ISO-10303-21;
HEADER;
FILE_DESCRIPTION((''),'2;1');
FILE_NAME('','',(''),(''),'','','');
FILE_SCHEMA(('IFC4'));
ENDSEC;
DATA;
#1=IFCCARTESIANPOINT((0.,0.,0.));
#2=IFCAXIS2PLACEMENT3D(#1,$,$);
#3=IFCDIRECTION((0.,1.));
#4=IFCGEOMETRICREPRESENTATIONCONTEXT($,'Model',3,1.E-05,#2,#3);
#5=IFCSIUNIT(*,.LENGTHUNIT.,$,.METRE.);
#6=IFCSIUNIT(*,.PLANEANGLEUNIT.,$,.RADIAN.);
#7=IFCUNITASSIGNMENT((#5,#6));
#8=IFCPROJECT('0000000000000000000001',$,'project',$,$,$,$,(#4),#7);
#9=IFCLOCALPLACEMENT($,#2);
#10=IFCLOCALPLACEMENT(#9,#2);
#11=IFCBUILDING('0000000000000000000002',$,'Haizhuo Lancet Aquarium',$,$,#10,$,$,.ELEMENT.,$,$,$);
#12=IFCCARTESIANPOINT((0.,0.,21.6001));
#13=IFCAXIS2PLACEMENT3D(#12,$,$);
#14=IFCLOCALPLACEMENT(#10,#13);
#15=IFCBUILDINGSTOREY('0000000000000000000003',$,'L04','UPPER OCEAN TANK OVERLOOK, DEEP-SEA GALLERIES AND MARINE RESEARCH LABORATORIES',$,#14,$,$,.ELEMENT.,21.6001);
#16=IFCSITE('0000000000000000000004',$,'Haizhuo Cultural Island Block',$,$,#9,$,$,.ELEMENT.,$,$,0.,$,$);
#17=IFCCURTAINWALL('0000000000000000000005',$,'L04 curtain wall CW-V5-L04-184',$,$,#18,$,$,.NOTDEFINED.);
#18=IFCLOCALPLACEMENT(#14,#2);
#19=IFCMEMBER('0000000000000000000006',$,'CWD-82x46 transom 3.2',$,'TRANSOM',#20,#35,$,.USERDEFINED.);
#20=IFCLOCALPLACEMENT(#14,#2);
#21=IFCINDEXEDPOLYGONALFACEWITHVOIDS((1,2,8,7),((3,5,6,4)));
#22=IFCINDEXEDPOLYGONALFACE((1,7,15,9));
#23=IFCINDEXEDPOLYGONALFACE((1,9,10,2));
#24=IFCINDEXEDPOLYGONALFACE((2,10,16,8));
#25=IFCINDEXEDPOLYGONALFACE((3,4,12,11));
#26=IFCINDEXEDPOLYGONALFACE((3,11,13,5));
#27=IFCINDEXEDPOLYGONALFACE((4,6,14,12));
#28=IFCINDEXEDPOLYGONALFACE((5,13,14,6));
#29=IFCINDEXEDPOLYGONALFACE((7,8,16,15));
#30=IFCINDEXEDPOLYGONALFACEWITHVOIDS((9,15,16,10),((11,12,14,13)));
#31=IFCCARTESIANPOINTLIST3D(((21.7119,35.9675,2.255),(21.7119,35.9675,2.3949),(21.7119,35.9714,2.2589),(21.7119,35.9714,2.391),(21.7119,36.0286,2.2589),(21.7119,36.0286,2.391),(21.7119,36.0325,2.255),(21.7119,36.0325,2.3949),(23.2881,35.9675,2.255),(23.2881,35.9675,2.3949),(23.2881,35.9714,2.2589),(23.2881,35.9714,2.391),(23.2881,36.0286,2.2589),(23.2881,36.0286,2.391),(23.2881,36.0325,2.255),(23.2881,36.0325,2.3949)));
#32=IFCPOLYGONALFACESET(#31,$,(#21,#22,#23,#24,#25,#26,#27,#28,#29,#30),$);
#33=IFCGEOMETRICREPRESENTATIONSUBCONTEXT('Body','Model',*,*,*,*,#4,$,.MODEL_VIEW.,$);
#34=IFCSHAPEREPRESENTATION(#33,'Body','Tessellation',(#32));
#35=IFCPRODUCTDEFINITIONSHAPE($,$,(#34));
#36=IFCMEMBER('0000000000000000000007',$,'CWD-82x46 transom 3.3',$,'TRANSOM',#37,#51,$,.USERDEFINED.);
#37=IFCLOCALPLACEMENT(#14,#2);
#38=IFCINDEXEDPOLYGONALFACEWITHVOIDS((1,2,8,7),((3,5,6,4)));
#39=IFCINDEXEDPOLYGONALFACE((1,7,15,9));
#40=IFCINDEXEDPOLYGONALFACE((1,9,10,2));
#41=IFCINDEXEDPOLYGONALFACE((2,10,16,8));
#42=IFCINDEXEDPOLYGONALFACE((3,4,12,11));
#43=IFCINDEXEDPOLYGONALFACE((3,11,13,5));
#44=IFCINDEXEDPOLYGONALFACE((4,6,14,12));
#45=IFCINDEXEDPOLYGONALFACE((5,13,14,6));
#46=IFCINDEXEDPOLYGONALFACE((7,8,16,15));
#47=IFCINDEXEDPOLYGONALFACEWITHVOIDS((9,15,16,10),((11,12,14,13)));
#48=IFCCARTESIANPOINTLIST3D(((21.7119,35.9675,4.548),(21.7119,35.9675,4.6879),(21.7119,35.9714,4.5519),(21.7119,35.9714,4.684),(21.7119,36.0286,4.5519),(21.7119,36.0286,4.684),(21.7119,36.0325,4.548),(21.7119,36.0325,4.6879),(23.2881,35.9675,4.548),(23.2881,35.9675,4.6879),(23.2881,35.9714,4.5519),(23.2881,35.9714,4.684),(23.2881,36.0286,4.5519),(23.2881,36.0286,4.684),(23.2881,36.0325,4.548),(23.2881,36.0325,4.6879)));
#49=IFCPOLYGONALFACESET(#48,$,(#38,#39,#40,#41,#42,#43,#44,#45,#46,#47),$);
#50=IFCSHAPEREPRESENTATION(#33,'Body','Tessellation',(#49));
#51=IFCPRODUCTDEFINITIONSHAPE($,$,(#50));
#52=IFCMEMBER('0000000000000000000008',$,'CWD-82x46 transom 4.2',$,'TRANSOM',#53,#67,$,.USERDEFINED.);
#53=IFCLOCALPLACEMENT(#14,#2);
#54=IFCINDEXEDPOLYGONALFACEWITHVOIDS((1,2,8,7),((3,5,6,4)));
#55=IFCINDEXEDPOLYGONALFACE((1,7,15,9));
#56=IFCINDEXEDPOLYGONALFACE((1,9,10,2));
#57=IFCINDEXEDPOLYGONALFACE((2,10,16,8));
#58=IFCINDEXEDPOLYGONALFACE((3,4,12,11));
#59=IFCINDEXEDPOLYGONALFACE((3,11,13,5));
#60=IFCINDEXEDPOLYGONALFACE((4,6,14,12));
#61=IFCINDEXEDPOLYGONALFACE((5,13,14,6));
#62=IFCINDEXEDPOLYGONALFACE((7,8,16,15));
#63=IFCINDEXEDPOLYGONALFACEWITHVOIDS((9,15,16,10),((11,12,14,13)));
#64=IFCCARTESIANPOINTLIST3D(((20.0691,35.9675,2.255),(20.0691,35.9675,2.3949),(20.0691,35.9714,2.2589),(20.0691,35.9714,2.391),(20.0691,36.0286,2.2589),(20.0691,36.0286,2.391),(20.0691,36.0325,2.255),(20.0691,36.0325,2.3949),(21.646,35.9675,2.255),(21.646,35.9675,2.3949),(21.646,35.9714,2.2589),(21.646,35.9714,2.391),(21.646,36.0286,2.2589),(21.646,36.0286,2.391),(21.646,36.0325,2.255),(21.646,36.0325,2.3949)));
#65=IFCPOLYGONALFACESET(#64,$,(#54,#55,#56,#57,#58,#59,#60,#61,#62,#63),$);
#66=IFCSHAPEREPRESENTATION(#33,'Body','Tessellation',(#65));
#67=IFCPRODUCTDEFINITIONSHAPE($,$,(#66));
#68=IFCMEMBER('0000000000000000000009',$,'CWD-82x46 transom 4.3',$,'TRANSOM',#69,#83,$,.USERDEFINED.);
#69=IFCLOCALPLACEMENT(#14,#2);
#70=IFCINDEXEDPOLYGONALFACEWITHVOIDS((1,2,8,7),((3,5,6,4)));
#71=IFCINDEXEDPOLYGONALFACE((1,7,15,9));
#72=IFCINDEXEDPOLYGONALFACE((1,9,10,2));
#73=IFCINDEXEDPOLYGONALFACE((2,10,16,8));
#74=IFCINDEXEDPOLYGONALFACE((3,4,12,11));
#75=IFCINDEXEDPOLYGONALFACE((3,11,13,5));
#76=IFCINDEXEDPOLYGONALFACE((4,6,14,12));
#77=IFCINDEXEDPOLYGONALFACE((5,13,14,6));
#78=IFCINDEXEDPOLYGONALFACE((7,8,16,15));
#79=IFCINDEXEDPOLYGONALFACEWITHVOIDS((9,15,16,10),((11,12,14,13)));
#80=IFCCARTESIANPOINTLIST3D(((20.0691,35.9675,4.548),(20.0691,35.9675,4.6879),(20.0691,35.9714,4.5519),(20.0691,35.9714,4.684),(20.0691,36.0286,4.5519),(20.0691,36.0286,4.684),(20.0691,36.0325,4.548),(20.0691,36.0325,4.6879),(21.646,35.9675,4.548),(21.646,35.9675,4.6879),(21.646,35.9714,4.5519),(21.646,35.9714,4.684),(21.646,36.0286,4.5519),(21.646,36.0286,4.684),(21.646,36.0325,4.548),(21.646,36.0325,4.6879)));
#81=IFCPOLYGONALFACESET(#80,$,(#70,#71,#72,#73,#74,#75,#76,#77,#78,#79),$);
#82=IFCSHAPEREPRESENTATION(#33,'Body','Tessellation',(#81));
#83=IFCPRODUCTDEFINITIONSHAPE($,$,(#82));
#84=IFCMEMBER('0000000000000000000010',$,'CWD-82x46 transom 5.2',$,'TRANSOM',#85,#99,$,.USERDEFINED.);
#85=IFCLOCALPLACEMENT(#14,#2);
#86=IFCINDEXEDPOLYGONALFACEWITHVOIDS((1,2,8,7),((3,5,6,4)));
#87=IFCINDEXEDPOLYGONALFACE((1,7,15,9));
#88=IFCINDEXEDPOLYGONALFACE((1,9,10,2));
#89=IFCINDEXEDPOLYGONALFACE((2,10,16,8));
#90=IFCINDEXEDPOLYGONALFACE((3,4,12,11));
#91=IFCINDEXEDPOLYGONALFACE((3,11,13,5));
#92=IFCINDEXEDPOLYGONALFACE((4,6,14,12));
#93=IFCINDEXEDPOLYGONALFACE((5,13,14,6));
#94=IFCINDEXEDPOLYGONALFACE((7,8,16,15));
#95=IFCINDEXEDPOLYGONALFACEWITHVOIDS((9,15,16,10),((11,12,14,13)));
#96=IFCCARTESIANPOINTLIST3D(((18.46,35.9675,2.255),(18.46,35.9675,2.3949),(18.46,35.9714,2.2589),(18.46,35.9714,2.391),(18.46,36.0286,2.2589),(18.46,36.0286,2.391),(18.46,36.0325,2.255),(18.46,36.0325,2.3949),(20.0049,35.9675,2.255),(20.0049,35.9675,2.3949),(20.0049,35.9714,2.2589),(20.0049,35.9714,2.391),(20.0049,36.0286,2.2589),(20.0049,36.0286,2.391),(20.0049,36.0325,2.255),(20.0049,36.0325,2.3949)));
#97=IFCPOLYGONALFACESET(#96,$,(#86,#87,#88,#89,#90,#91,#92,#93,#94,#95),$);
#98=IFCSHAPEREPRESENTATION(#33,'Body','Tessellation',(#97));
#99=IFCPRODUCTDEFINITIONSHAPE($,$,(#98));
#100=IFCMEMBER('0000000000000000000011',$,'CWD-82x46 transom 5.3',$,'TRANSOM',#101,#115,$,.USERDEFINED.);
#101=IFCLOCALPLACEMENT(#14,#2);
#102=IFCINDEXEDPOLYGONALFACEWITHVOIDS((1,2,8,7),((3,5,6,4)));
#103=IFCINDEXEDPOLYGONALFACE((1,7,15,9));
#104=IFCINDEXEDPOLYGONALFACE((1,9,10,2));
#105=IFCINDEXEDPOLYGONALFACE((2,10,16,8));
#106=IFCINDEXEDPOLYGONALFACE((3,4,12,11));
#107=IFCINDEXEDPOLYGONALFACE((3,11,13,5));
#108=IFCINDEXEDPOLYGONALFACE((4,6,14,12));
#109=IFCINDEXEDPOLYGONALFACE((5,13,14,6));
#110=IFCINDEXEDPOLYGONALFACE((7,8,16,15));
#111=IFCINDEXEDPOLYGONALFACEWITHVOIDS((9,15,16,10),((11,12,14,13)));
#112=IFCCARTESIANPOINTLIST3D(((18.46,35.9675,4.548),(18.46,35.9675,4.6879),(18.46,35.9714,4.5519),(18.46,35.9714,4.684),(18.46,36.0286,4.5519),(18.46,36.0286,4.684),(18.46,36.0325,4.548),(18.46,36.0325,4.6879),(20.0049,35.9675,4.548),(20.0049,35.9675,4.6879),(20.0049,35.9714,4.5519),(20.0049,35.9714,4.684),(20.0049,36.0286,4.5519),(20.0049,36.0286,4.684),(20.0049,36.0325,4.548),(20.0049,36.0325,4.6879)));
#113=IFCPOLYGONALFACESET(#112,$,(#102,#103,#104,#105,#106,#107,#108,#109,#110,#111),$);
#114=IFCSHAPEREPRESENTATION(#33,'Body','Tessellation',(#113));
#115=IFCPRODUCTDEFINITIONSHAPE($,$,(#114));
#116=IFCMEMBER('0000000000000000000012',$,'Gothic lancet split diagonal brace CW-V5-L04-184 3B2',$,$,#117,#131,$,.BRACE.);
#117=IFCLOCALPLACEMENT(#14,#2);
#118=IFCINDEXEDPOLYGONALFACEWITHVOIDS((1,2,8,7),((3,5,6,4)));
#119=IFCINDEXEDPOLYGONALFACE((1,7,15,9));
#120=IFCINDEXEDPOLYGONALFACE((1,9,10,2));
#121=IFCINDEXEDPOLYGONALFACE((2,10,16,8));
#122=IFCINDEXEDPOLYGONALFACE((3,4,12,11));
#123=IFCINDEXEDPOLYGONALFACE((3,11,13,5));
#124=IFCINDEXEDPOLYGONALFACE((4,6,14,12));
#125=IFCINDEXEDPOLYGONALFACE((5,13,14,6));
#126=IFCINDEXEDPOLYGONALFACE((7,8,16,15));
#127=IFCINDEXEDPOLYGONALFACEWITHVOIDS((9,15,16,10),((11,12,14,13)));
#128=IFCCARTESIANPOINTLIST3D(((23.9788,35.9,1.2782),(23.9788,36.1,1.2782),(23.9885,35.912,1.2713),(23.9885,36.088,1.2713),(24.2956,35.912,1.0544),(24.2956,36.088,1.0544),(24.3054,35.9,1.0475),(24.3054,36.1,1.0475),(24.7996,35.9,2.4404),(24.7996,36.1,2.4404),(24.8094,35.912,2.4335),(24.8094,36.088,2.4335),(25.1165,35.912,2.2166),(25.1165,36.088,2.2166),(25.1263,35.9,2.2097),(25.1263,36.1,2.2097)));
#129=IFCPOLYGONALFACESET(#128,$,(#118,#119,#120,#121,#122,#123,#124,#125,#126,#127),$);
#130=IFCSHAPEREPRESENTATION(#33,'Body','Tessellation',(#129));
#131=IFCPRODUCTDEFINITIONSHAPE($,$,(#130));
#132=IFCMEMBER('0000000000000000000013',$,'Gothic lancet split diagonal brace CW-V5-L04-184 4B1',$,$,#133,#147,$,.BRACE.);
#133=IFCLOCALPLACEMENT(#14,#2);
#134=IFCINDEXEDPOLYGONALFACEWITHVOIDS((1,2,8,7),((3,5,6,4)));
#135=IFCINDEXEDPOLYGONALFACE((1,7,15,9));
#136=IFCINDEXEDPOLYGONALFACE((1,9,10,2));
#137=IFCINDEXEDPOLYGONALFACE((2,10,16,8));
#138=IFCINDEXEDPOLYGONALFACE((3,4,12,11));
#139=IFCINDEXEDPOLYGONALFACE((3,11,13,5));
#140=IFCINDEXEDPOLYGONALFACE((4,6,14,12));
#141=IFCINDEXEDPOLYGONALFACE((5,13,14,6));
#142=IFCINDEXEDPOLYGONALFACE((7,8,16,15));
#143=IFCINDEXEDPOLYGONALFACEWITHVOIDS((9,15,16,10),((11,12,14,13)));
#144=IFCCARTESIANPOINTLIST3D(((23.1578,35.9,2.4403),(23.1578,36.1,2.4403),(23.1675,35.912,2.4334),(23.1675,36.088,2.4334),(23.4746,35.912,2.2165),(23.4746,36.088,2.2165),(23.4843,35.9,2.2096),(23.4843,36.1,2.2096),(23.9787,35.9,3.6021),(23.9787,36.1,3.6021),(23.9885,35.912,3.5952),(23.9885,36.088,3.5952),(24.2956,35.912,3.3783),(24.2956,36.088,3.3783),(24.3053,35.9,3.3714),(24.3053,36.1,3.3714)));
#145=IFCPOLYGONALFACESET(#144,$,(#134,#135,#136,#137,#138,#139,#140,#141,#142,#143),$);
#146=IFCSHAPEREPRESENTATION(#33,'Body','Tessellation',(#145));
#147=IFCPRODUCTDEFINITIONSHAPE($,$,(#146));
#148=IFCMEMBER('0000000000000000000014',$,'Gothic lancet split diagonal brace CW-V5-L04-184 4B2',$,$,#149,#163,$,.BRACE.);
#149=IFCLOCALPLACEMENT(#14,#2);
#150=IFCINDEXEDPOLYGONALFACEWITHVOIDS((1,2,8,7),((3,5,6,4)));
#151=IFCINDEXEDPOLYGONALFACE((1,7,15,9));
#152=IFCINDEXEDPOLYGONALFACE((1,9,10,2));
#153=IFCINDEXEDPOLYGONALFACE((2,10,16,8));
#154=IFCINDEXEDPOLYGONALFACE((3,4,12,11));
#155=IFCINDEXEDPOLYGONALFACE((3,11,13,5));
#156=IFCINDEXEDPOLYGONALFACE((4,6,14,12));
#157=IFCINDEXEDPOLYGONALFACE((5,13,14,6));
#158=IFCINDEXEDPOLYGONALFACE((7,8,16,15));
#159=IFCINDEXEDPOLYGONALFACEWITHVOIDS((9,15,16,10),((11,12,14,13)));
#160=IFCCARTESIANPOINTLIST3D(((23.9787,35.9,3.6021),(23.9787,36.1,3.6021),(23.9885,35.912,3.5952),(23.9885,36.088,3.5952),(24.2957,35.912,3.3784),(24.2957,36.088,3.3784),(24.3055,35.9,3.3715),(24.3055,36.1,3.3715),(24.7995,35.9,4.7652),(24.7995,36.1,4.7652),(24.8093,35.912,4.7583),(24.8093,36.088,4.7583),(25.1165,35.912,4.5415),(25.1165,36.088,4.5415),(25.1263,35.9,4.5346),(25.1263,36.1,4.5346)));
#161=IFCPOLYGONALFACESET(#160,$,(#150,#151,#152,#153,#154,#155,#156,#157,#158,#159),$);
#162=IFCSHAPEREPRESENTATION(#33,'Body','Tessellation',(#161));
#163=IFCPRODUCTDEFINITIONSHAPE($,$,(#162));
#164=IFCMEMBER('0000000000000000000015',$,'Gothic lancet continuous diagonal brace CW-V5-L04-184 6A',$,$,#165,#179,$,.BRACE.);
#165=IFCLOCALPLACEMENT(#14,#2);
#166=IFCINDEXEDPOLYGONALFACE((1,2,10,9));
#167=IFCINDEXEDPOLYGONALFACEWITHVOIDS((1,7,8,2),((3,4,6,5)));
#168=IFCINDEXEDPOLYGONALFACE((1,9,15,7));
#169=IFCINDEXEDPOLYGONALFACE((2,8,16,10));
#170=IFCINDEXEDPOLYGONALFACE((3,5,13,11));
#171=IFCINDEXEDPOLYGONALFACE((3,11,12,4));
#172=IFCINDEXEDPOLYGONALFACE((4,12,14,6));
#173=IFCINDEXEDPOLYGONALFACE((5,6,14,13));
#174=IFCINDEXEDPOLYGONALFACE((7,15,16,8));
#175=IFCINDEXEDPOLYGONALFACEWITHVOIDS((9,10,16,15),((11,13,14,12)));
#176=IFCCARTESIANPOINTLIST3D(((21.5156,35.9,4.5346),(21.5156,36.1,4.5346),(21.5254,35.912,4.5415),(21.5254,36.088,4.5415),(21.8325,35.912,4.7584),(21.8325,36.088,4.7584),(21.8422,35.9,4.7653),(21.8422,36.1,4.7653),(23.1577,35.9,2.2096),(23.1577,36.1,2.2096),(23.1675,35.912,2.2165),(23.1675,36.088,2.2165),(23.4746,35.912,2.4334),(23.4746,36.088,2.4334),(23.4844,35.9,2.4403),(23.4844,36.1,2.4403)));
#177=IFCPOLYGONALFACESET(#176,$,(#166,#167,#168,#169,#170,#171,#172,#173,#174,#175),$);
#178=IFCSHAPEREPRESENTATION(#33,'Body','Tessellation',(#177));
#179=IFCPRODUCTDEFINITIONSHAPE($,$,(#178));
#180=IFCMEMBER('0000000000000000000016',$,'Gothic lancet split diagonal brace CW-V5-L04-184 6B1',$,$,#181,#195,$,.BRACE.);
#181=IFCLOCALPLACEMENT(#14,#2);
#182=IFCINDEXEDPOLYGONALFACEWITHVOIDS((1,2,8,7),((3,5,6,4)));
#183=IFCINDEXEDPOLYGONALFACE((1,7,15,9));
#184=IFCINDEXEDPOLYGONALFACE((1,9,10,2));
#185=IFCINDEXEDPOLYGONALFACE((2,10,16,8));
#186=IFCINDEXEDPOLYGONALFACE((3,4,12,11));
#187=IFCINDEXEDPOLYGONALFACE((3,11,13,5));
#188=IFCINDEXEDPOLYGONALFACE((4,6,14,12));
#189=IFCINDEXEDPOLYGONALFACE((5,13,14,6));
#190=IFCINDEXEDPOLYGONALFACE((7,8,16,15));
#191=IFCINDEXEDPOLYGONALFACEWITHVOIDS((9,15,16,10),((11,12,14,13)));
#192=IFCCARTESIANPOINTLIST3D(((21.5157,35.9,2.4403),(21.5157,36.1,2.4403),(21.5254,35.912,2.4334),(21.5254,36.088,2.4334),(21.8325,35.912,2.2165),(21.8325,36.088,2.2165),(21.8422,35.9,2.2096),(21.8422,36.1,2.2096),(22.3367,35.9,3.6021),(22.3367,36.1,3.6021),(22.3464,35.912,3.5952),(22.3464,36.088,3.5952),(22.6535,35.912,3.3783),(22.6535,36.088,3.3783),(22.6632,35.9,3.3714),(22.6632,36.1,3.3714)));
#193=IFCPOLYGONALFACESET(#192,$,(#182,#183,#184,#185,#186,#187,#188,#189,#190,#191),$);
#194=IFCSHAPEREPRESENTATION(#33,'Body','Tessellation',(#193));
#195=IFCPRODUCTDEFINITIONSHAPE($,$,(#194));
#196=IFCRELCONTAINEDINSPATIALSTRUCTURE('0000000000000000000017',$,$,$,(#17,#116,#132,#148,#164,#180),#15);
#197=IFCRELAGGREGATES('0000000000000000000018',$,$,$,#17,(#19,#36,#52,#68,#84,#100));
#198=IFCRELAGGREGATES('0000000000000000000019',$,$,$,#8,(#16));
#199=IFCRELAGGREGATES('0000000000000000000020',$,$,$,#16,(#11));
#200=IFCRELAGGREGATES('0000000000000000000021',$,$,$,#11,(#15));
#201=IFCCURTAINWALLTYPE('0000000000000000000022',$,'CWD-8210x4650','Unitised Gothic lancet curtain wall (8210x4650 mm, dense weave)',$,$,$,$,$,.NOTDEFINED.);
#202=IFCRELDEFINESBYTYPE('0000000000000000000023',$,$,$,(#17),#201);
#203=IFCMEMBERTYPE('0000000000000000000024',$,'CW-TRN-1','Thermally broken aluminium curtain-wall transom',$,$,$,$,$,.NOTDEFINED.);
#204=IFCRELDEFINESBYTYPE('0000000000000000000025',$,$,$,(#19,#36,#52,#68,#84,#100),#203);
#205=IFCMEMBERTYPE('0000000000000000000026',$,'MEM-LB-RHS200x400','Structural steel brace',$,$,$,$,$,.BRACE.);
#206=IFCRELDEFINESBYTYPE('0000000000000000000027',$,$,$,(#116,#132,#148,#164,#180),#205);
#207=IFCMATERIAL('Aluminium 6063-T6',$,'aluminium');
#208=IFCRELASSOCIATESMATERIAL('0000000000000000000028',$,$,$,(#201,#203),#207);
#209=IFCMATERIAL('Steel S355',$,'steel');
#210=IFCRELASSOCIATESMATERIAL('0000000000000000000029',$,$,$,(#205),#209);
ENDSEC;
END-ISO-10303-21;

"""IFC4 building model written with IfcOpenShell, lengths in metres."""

from ifc_helpers import new_model, si_unit, direction, frame, origin, origin_2d, place, context, subcontext, project, spatial, hollow_rectangle, extrude, material, material_profile, profile_set, type_object, element, aggregate, save


model = new_model("IFC4")

# Units and contexts
model_context = context("Model", 3, precision=1e-05, world=origin(), true_north=direction((0.0, 1.0)))
body_context = subcontext(model_context, "Body", "Model", "MODEL_VIEW")
ifc_project = project(units=[si_unit("LENGTHUNIT", "METRE"), si_unit("PLANEANGLEUNIT", "RADIAN")], contexts=[model_context])

# Site, building, storey
site_placement = place(None, origin())
site = spatial("IfcSite", under=ifc_project, at=site_placement, Name="Haizhuo Cultural Island Block", CompositionType="ELEMENT", RefElevation=0.0)
building_placement = place(site_placement, origin())
building = spatial("IfcBuilding", under=site, at=building_placement, Name="Haizhuo Lancet Aquarium", CompositionType="ELEMENT")
storey_placement = place(building_placement, frame((0.0, 0.0, 21.6001)))
storey = spatial("IfcBuildingStorey", under=building, at=storey_placement, Name="L04", Description="UPPER OCEAN TANK OVERLOOK, DEEP-SEA GALLERIES AND MARINE RESEARCH LABORATORIES", CompositionType="ELEMENT", Elevation=21.6001)

# Curtain wall, members
ifc_material_1 = material(Name="Aluminium 6063-T6", Category="aluminium")
curtain_wall_type = type_object("IfcCurtainWallType", Name="CWD-8210x4650", Description="Unitised Gothic lancet curtain wall (8210x4650 mm, dense weave)", PredefinedType="NOTDEFINED", material=ifc_material_1)
curtain_wall_placement = place(storey_placement, origin())
curtain_wall = element("IfcCurtainWall", 1, at=curtain_wall_placement, inside=storey, type_object=curtain_wall_type, Name="L04 curtain wall CW-V5-L04-184", PredefinedType="NOTDEFINED")
ifc_material_profile_1 = material_profile(ifc_material_1, hollow_rectangle(XDim=0.0649, YDim=0.1399, WallThickness=0.0039, at=origin_2d()), Name="ALU-T 65x140x4")
ifc_profile_set_1 = profile_set([ifc_material_profile_1], Name="Aluminium 6063-T6")
member_type_1 = type_object("IfcMemberType", Name="CW-TRN-1", Description="Thermally broken aluminium curtain-wall transom", PredefinedType="NOTDEFINED", material=ifc_profile_set_1)
member_1_placement = place(storey_placement, frame((23.2881, 36.0, 2.325), z_axis=(-1.0, 0.0, 0.0), x_axis=(0.0, -1.0, 0.0)))
member_1 = element("IfcMember", 2, at=member_1_placement, type_object=member_type_1, Name="CWD-82x46 transom 3.2", ObjectType="TRANSOM", PredefinedType="USERDEFINED", context=body_context, shape_type="SweptSolid", body=[
    extrude(hollow_rectangle(XDim=0.0649, YDim=0.1399, WallThickness=0.0039, at=origin_2d()), origin(), (0.0, 0.0, 1.0), 1.5762),
])
member_2_placement = place(storey_placement, frame((23.2881, 36.0, 4.6179), z_axis=(-1.0, 0.0, 0.0), x_axis=(0.0, -1.0, 0.0)))
member_2 = element("IfcMember", 3, at=member_2_placement, type_object=member_type_1, Name="CWD-82x46 transom 3.3", ObjectType="TRANSOM", PredefinedType="USERDEFINED", context=body_context, shape_type="SweptSolid", body=[
    extrude(hollow_rectangle(XDim=0.0649, YDim=0.1399, WallThickness=0.0039, at=origin_2d()), origin(), (0.0, 0.0, 1.0), 1.5762),
])
member_3_placement = place(storey_placement, frame((21.646, 36.0, 2.325), z_axis=(-1.0, 0.0, 0.0), x_axis=(0.0, -1.0, 0.0)))
member_3 = element("IfcMember", 4, at=member_3_placement, type_object=member_type_1, Name="CWD-82x46 transom 4.2", ObjectType="TRANSOM", PredefinedType="USERDEFINED", context=body_context, shape_type="SweptSolid", body=[
    extrude(hollow_rectangle(XDim=0.0649, YDim=0.1399, WallThickness=0.0039, at=origin_2d()), origin(), (0.0, 0.0, 1.0), 1.5769),
])
member_4_placement = place(storey_placement, frame((21.646, 36.0, 4.6179), z_axis=(-1.0, 0.0, 0.0), x_axis=(0.0, -1.0, 0.0)))
member_4 = element("IfcMember", 5, at=member_4_placement, type_object=member_type_1, Name="CWD-82x46 transom 4.3", ObjectType="TRANSOM", PredefinedType="USERDEFINED", context=body_context, shape_type="SweptSolid", body=[
    extrude(hollow_rectangle(XDim=0.0649, YDim=0.1399, WallThickness=0.0039, at=origin_2d()), origin(), (0.0, 0.0, 1.0), 1.5769),
])
member_5_placement = place(storey_placement, frame((20.0049, 36.0, 2.325), z_axis=(-1.0, 0.0, 0.0), x_axis=(0.0, -1.0, 0.0)))
member_5 = element("IfcMember", 6, at=member_5_placement, type_object=member_type_1, Name="CWD-82x46 transom 5.2", ObjectType="TRANSOM", PredefinedType="USERDEFINED", context=body_context, shape_type="SweptSolid", body=[
    extrude(hollow_rectangle(XDim=0.0649, YDim=0.1399, WallThickness=0.0039, at=origin_2d()), origin(), (0.0, 0.0, 1.0), 1.5449),
])
member_6_placement = place(storey_placement, frame((20.0049, 36.0, 4.6179), z_axis=(-1.0, 0.0, 0.0), x_axis=(0.0, -1.0, 0.0)))
member_6 = element("IfcMember", 7, at=member_6_placement, type_object=member_type_1, Name="CWD-82x46 transom 5.3", ObjectType="TRANSOM", PredefinedType="USERDEFINED", context=body_context, shape_type="SweptSolid", body=[
    extrude(hollow_rectangle(XDim=0.0649, YDim=0.1399, WallThickness=0.0039, at=origin_2d()), origin(), (0.0, 0.0, 1.0), 1.5449),
])

# Members
ifc_material_2 = material(Name="Steel S355", Category="steel")
ifc_material_profile_2 = material_profile(ifc_material_2, hollow_rectangle(XDim=0.2, YDim=0.3999, WallThickness=0.012, at=origin_2d()), Name="RHS 200x400x12")
ifc_profile_set_2 = profile_set([ifc_material_profile_2], Name="Steel S355")
member_type_2 = type_object("IfcMemberType", Name="MEM-LB-RHS200x400", Description="Structural steel brace", PredefinedType="BRACE", material=ifc_profile_set_2)
member_7_placement = place(storey_placement, frame((24.1421, 36.0, 1.1628), z_axis=(0.576912, 0.0, 0.816806), x_axis=(0.0, 1.0, 0.0)))
element("IfcMember", 8, at=member_7_placement, inside=storey, type_object=member_type_2, Name="Gothic lancet split diagonal brace CW-V5-L04-184 3B2", PredefinedType="BRACE", context=body_context, shape_type="SweptSolid", body=[
    extrude(hollow_rectangle(XDim=0.2, YDim=0.3999, WallThickness=0.012, at=origin_2d()), origin(), (0.0, 0.0, 1.0), 1.4229),
])
member_8_placement = place(storey_placement, frame((23.321, 36.0, 2.325), z_axis=(0.577108, 0.0, 0.816668), x_axis=(0.0, 1.0, 0.0)))
element("IfcMember", 9, at=member_8_placement, inside=storey, type_object=member_type_2, Name="Gothic lancet split diagonal brace CW-V5-L04-184 4B1", PredefinedType="BRACE", context=body_context, shape_type="SweptSolid", body=[
    extrude(hollow_rectangle(XDim=0.2, YDim=0.3999, WallThickness=0.012, at=origin_2d()), origin(), (0.0, 0.0, 1.0), 1.4226),
])
member_9_placement = place(storey_placement, frame((24.1421, 36.0, 3.4868), z_axis=(0.576589, 0.0, 0.817034), x_axis=(0.0, 1.0, 0.0)))
element("IfcMember", 10, at=member_9_placement, inside=storey, type_object=member_type_2, Name="Gothic lancet split diagonal brace CW-V5-L04-184 4B2", PredefinedType="BRACE", context=body_context, shape_type="SweptSolid", body=[
    extrude(hollow_rectangle(XDim=0.2, YDim=0.3999, WallThickness=0.012, at=origin_2d()), origin(), (0.0, 0.0, 1.0), 1.4236),
])
member_10_placement = place(storey_placement, frame((23.321, 36.0, 2.325), z_axis=(-0.576905, 0.0, 0.816811), x_axis=(0.0, -1.0, 0.0)))
element("IfcMember", 11, at=member_10_placement, inside=storey, type_object=member_type_2, Name="Gothic lancet continuous diagonal brace CW-V5-L04-184 6A", PredefinedType="BRACE", context=body_context, shape_type="SweptSolid", body=[
    extrude(hollow_rectangle(XDim=0.2, YDim=0.3999, WallThickness=0.012, at=origin_2d()), origin(), (0.0, 0.0, 1.0), 2.8464),
])
member_11_placement = place(storey_placement, frame((21.679, 36.0, 2.325), z_axis=(0.577108, 0.0, 0.816668), x_axis=(0.0, 1.0, 0.0)))
element("IfcMember", 12, at=member_11_placement, inside=storey, type_object=member_type_2, Name="Gothic lancet split diagonal brace CW-V5-L04-184 6B1", PredefinedType="BRACE", context=body_context, shape_type="SweptSolid", body=[
    extrude(hollow_rectangle(XDim=0.2, YDim=0.3999, WallThickness=0.012, at=origin_2d()), origin(), (0.0, 0.0, 1.0), 1.4226),
])

aggregate(curtain_wall, [member_1, member_2, member_3, member_4, member_5, member_6])

save(model, "model.ifc")
